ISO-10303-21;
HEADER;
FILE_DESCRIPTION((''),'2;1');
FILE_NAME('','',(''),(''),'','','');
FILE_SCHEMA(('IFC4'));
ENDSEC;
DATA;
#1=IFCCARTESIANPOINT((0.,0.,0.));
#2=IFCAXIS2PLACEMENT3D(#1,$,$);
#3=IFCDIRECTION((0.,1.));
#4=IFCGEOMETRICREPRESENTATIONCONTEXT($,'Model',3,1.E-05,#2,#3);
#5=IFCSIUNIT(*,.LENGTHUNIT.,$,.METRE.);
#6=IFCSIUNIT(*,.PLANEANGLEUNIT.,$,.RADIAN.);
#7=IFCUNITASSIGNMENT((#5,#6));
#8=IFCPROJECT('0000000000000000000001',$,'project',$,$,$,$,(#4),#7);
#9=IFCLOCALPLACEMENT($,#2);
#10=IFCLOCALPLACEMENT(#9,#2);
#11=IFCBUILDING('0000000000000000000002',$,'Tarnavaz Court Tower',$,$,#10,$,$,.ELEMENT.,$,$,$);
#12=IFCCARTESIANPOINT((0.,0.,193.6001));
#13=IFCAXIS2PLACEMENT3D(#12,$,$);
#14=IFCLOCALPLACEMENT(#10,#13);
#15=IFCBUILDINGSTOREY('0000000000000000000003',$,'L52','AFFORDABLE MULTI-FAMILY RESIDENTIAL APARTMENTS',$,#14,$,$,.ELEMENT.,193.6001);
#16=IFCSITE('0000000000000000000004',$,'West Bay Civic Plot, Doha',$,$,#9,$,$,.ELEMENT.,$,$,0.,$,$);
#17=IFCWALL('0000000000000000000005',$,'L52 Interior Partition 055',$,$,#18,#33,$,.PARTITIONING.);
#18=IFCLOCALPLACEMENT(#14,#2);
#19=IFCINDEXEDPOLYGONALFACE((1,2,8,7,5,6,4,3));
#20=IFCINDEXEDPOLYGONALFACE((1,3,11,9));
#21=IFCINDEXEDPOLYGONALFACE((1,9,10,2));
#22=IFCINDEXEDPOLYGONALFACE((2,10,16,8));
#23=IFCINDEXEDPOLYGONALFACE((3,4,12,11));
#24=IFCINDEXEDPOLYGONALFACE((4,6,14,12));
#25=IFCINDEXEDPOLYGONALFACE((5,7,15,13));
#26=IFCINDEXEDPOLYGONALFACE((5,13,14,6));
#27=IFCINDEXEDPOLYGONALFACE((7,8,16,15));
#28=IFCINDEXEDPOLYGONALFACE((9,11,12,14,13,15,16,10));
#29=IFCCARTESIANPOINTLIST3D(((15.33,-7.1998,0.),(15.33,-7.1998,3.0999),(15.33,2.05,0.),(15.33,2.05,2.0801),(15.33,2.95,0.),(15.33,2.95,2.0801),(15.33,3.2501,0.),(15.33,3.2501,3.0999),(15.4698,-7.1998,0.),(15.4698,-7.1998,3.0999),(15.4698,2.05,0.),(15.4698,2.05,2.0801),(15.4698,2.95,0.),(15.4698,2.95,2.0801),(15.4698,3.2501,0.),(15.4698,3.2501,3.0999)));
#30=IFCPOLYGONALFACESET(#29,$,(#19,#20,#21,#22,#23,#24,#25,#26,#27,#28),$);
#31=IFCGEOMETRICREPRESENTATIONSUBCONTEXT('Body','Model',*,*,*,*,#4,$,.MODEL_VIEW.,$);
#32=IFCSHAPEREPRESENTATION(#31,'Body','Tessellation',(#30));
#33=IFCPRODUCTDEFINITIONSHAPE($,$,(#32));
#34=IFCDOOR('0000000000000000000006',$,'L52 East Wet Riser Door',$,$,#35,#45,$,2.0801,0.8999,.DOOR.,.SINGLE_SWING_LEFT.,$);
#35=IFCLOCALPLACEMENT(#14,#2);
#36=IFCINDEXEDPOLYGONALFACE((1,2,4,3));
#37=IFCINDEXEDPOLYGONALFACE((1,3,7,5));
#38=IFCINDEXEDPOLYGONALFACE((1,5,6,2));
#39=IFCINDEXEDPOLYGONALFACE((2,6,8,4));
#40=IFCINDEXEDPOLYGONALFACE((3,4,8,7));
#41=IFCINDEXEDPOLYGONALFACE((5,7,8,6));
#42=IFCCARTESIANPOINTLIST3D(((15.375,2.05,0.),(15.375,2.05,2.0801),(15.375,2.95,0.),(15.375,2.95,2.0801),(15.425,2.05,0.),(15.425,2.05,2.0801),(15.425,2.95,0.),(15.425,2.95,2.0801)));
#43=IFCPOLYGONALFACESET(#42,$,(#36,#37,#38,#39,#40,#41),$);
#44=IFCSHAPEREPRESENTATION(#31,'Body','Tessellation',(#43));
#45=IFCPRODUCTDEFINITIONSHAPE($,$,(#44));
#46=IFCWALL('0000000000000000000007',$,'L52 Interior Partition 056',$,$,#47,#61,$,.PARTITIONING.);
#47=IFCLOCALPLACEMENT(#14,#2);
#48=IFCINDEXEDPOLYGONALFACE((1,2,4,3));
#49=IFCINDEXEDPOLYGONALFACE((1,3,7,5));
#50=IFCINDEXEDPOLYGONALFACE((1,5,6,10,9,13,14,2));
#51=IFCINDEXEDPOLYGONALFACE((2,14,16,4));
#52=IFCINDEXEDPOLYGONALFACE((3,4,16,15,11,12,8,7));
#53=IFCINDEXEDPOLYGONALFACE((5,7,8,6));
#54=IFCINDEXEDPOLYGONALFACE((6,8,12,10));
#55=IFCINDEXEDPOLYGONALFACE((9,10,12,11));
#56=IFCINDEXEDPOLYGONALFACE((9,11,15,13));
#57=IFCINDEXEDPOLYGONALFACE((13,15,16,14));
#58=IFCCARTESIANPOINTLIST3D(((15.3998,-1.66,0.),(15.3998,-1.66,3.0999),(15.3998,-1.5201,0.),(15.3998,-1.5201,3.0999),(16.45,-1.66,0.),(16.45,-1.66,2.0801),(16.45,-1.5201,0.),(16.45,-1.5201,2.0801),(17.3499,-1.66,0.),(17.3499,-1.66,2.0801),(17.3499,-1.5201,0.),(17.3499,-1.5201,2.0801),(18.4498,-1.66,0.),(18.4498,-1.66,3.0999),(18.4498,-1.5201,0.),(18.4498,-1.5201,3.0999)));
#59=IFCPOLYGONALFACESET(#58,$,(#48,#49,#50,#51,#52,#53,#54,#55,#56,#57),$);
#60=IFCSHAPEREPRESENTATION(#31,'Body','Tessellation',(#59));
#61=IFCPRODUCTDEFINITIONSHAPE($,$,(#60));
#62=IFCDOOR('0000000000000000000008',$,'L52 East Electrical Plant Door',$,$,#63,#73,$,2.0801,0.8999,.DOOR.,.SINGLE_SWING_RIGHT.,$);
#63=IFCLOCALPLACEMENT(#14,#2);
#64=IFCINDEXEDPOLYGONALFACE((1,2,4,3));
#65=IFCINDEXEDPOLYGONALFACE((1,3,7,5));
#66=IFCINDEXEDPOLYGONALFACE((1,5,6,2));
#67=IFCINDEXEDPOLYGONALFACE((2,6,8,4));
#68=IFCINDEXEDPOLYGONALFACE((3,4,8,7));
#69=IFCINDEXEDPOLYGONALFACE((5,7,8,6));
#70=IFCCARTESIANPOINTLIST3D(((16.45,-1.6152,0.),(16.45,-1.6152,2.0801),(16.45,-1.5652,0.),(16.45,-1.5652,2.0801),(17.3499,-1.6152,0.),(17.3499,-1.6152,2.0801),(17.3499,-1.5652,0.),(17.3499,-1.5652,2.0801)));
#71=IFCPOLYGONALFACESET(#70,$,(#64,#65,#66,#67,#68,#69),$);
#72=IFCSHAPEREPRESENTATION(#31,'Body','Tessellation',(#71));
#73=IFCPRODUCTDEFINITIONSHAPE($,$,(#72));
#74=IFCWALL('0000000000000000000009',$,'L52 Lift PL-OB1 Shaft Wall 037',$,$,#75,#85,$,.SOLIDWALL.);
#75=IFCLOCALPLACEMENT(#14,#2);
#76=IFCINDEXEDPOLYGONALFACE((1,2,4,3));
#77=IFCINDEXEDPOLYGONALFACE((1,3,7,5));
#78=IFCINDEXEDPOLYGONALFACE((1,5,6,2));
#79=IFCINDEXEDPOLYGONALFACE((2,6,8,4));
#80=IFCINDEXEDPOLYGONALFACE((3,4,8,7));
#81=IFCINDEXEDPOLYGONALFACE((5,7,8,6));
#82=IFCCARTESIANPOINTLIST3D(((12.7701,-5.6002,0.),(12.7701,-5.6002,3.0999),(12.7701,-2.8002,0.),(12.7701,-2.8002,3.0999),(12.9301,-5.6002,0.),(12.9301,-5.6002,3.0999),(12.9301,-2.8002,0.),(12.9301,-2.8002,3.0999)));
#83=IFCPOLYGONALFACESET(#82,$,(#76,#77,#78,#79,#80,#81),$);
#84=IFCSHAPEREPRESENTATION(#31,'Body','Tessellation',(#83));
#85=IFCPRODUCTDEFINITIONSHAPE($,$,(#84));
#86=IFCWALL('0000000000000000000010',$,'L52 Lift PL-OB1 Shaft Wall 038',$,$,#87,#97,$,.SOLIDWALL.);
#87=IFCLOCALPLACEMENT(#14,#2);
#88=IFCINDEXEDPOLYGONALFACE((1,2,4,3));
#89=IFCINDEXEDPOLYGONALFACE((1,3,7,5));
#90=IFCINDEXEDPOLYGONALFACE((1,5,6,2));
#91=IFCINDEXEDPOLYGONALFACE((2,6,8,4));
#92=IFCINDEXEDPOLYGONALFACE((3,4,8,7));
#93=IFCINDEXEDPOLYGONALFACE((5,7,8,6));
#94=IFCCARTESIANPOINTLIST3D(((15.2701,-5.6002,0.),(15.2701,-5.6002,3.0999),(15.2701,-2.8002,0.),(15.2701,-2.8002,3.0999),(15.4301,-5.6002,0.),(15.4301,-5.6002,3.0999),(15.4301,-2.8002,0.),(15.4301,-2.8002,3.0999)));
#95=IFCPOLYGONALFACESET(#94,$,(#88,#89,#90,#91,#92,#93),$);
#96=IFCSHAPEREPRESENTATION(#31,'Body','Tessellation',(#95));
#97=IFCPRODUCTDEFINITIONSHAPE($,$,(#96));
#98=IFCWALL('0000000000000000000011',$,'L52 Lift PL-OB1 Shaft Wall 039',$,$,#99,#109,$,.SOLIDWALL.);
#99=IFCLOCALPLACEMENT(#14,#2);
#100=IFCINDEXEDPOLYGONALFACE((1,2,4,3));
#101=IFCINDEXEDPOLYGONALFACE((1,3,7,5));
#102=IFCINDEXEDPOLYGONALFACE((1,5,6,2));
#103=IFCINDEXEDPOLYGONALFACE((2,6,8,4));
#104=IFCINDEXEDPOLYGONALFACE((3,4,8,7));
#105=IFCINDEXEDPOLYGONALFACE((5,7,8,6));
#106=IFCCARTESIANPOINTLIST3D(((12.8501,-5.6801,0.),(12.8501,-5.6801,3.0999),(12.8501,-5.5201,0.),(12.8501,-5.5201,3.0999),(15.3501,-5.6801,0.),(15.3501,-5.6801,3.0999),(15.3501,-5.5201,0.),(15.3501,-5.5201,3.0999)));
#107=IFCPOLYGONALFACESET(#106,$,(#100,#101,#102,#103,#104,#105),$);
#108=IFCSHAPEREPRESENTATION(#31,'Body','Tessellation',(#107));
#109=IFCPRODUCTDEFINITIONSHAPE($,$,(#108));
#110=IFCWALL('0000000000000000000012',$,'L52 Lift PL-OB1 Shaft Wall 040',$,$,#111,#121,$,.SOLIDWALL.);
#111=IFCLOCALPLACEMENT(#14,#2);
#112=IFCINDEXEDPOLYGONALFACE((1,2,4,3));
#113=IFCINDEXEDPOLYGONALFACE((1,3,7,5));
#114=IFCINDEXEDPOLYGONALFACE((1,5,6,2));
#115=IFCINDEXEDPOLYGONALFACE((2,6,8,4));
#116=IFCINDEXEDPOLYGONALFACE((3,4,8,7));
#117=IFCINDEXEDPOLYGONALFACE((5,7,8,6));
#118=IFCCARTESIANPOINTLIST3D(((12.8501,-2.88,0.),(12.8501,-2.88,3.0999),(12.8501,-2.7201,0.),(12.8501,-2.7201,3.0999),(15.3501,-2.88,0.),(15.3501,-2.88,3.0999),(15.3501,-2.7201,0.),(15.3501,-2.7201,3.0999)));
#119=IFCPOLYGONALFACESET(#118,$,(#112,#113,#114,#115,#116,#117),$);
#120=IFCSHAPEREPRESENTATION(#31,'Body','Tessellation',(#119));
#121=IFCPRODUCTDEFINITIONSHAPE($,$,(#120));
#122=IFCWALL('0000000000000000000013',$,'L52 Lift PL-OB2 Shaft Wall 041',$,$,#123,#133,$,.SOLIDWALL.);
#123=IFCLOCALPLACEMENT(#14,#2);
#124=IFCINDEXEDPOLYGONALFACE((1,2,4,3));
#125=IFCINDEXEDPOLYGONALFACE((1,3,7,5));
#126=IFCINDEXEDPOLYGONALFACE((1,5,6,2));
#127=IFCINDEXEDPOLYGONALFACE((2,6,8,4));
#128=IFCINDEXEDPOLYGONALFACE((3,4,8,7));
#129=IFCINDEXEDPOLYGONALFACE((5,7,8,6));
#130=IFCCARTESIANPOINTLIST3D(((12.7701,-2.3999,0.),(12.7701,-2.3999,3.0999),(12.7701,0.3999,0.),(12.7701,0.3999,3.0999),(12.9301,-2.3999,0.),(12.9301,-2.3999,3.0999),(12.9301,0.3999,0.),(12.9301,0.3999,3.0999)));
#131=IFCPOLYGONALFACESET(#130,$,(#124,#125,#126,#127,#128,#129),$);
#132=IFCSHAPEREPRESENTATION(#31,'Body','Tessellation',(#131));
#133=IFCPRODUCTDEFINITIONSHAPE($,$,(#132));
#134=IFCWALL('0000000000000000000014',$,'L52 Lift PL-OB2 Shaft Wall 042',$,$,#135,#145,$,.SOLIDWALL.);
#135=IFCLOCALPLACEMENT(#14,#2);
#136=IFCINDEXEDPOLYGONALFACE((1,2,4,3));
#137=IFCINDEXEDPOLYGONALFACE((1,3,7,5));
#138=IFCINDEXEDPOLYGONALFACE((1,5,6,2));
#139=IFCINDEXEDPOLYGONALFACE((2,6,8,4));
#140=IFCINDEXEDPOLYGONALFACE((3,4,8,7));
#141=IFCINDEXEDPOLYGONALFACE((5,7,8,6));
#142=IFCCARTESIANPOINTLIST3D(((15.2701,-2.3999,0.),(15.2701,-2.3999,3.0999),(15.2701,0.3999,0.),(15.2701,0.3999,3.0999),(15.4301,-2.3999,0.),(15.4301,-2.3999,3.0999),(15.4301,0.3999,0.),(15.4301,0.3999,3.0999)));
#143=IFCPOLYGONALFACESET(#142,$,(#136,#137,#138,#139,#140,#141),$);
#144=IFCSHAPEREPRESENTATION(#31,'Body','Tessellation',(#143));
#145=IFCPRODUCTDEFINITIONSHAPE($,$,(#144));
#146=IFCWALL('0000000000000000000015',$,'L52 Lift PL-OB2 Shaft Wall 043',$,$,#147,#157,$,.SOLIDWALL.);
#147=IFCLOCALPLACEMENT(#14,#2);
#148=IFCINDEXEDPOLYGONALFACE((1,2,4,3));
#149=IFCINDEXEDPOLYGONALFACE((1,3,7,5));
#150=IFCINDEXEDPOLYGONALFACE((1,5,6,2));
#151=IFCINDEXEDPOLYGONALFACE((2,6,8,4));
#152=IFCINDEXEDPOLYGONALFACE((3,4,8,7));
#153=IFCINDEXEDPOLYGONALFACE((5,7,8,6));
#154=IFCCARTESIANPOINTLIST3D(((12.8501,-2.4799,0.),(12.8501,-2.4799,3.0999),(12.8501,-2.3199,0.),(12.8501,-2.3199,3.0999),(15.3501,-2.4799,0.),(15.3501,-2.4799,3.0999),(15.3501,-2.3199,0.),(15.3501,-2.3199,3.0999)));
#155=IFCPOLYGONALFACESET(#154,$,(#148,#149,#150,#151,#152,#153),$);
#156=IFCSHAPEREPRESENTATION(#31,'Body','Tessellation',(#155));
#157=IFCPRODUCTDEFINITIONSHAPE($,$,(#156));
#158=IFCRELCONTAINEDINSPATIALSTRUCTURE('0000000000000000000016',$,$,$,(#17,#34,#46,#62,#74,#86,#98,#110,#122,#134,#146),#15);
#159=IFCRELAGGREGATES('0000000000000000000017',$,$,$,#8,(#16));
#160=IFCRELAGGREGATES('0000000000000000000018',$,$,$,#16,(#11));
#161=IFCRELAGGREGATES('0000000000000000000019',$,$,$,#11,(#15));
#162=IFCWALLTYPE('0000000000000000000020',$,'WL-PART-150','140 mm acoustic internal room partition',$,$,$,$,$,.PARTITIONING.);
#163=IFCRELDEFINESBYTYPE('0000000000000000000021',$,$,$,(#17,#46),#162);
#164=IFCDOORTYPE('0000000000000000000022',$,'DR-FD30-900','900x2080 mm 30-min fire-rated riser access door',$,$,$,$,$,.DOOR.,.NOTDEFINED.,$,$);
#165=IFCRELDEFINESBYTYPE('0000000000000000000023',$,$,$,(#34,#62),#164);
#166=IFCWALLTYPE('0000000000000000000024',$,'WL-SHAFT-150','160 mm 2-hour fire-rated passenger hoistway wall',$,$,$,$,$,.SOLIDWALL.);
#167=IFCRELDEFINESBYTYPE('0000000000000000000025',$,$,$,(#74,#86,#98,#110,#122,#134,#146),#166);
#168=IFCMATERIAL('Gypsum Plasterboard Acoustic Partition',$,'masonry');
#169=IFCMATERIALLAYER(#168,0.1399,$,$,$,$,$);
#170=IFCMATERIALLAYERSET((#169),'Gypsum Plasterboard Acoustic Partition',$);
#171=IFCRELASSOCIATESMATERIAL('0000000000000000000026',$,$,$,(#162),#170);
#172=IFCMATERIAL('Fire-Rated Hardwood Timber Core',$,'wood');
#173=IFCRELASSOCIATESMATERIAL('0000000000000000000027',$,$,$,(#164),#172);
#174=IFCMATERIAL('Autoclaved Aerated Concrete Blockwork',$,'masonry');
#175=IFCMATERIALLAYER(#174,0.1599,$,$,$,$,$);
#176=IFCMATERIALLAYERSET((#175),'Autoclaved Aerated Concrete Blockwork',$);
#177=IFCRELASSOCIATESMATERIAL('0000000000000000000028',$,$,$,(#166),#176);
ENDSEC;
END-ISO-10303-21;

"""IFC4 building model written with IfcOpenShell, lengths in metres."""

from ifc_helpers import new_model, si_unit, direction, frame, frame_2d, origin, place, context, subcontext, project, spatial, rectangle, extrude, material, layer, layer_set, type_object, element, fill, save


model = new_model("IFC4")

# Units and contexts
model_context = context("Model", 3, precision=1e-05, world=origin(), true_north=direction((0.0, 1.0)))
body_context = subcontext(model_context, "Body", "Model", "MODEL_VIEW")
ifc_project = project(units=[si_unit("LENGTHUNIT", "METRE"), si_unit("PLANEANGLEUNIT", "RADIAN")], contexts=[model_context])

# Site, building, storey
site_placement = place(None, origin())
site = spatial("IfcSite", under=ifc_project, at=site_placement, Name="West Bay Civic Plot, Doha", CompositionType="ELEMENT", RefElevation=0.0)
building_placement = place(site_placement, origin())
building = spatial("IfcBuilding", under=site, at=building_placement, Name="Tarnavaz Court Tower", CompositionType="ELEMENT")
storey_placement = place(building_placement, frame((0.0, 0.0, 193.6001)))
storey = spatial("IfcBuildingStorey", under=building, at=storey_placement, Name="L52", Description="AFFORDABLE MULTI-FAMILY RESIDENTIAL APARTMENTS", CompositionType="ELEMENT", Elevation=193.6001)

# Walls, openings, doors
ifc_material_1 = material(Name="Gypsum Plasterboard Acoustic Partition", Category="masonry")
ifc_layer_1 = layer(ifc_material_1, 0.1399)
ifc_layer_set_1 = layer_set([ifc_layer_1], Name="Gypsum Plasterboard Acoustic Partition")
wall_type_1 = type_object("IfcWallType", Name="WL-PART-150", Description="140 mm acoustic internal room partition", PredefinedType="PARTITIONING", material=ifc_layer_set_1)
wall_1_placement = place(storey_placement, frame((15.3999, -7.2, 0.0), z_axis=(0.0, 0.0, 1.0), x_axis=(0.0, 1.0, 0.0)))
wall_1 = element("IfcWall", 1, at=wall_1_placement, inside=storey, type_object=wall_type_1, Name="L52 Interior Partition 055", PredefinedType="PARTITIONING", context=body_context, shape_type="SweptSolid", body=[
    extrude(rectangle(XDim=10.45, YDim=0.1399, at=frame_2d((5.2251, 0.0))), origin(), (0.0, 0.0, 1.0), 3.0999),
])
opening_1_placement = place(wall_1_placement, frame((9.25, 0.0, 0.0)))
opening_1 = element("IfcOpeningElement", 2, at=opening_1_placement, cuts=wall_1, PredefinedType="OPENING", context=body_context, shape_type="SweptSolid", body=[
    extrude(rectangle(XDim=0.8999, YDim=2.0801, at=frame_2d((0.45, 1.04))), frame((0.0, 0.0798, 0.0), z_axis=(0.0, -1.0, 0.0), x_axis=(1.0, 0.0, 0.0)), (0.0, 0.0, 1.0), 0.1599),
])
ifc_material_2 = material(Name="Fire-Rated Hardwood Timber Core", Category="wood")
door_type = type_object("IfcDoorType", Name="DR-FD30-900", Description="900x2080 mm 30-min fire-rated riser access door", OperationType="NOTDEFINED", PredefinedType="DOOR", material=ifc_material_2)
door_1_placement = place(opening_1_placement, origin())
door_1 = element("IfcDoor", 3, at=door_1_placement, inside=storey, type_object=door_type, Name="L52 East Wet Riser Door", OperationType="SINGLE_SWING_LEFT", OverallHeight=2.0801, OverallWidth=0.8999, PredefinedType="DOOR", context=body_context, shape_type="SweptSolid", body=[
    extrude(rectangle(XDim=0.8999, YDim=2.0801, at=frame_2d((0.45, 1.04))), frame((0.0, 0.0249, 0.0), z_axis=(0.0, -1.0, 0.0), x_axis=(1.0, 0.0, 0.0)), (0.0, 0.0, 1.0), 0.05),
])
fill(opening_1, door_1)
wall_2_placement = place(storey_placement, frame((15.3999, -1.5901, 0.0), z_axis=(0.0, 0.0, 1.0), x_axis=(1.0, 0.0, 0.0)))
wall_2 = element("IfcWall", 4, at=wall_2_placement, inside=storey, type_object=wall_type_1, Name="L52 Interior Partition 056", PredefinedType="PARTITIONING", context=body_context, shape_type="SweptSolid", body=[
    extrude(rectangle(XDim=3.05, YDim=0.1399, at=frame_2d((1.5249, 0.0))), origin(), (0.0, 0.0, 1.0), 3.0999),
])
opening_2_placement = place(wall_2_placement, frame((1.05, 0.0, 0.0)))
opening_2 = element("IfcOpeningElement", 5, at=opening_2_placement, cuts=wall_2, PredefinedType="OPENING", context=body_context, shape_type="SweptSolid", body=[
    extrude(rectangle(XDim=0.8999, YDim=2.0801, at=frame_2d((0.45, 1.04))), frame((0.0, 0.0798, 0.0), z_axis=(0.0, -1.0, 0.0), x_axis=(1.0, 0.0, 0.0)), (0.0, 0.0, 1.0), 0.1599),
])
door_2_placement = place(opening_2_placement, origin())
door_2 = element("IfcDoor", 6, at=door_2_placement, inside=storey, type_object=door_type, Name="L52 East Electrical Plant Door", OperationType="SINGLE_SWING_RIGHT", OverallHeight=2.0801, OverallWidth=0.8999, PredefinedType="DOOR", context=body_context, shape_type="SweptSolid", body=[
    extrude(rectangle(XDim=0.8999, YDim=2.0801, at=frame_2d((0.45, 1.04))), frame((0.0, 0.0249, 0.0), z_axis=(0.0, -1.0, 0.0), x_axis=(1.0, 0.0, 0.0)), (0.0, 0.0, 1.0), 0.05),
])
fill(opening_2, door_2)

# Walls
ifc_material_3 = material(Name="Autoclaved Aerated Concrete Blockwork", Category="masonry")
ifc_layer_2 = layer(ifc_material_3, 0.1599)
ifc_layer_set_2 = layer_set([ifc_layer_2], Name="Autoclaved Aerated Concrete Blockwork")
wall_type_2 = type_object("IfcWallType", Name="WL-SHAFT-150", Description="160 mm 2-hour fire-rated passenger hoistway wall", PredefinedType="SOLIDWALL", material=ifc_layer_set_2)
for number, where, z_axis, x_axis, name in (
    (7, (12.8501, -5.6001, 0.0), (0.0, 0.0, 1.0), (0.0, 1.0, 0.0), "L52 Lift PL-OB1 Shaft Wall 037"),
    (8, (15.3501, -5.6001, 0.0), (0.0, 0.0, 1.0), (0.0, 1.0, 0.0), "L52 Lift PL-OB1 Shaft Wall 038"),
):
    element("IfcWall", number, at=place(storey_placement, frame(where, z_axis=z_axis, x_axis=x_axis)), inside=storey, type_object=wall_type_2, Name=name, PredefinedType="SOLIDWALL", context=body_context, shape_type="SweptSolid", body=[
        extrude(rectangle(XDim=2.8, YDim=0.1599, at=frame_2d((1.3999, 0.0))), origin(), (0.0, 0.0, 1.0), 3.0999),
    ])
for number, where, z_axis, x_axis, name in (
    (9, (12.8501, -5.6001, 0.0), (0.0, 0.0, 1.0), (1.0, 0.0, 0.0), "L52 Lift PL-OB1 Shaft Wall 039"),
    (10, (12.8501, -2.8, 0.0), (0.0, 0.0, 1.0), (1.0, 0.0, 0.0), "L52 Lift PL-OB1 Shaft Wall 040"),
):
    element("IfcWall", number, at=place(storey_placement, frame(where, z_axis=z_axis, x_axis=x_axis)), inside=storey, type_object=wall_type_2, Name=name, PredefinedType="SOLIDWALL", context=body_context, shape_type="SweptSolid", body=[
        extrude(rectangle(XDim=2.5, YDim=0.1599, at=frame_2d((1.25, 0.0))), origin(), (0.0, 0.0, 1.0), 3.0999),
    ])
for number, where, z_axis, x_axis, name in (
    (11, (12.8501, -2.3999, 0.0), (0.0, 0.0, 1.0), (0.0, 1.0, 0.0), "L52 Lift PL-OB2 Shaft Wall 041"),
    (12, (15.3501, -2.3999, 0.0), (0.0, 0.0, 1.0), (0.0, 1.0, 0.0), "L52 Lift PL-OB2 Shaft Wall 042"),
):
    element("IfcWall", number, at=place(storey_placement, frame(where, z_axis=z_axis, x_axis=x_axis)), inside=storey, type_object=wall_type_2, Name=name, PredefinedType="SOLIDWALL", context=body_context, shape_type="SweptSolid", body=[
        extrude(rectangle(XDim=2.7998, YDim=0.1599, at=frame_2d((1.3999, 0.0))), origin(), (0.0, 0.0, 1.0), 3.0999),
    ])
wall_3_placement = place(storey_placement, frame((12.8501, -2.3999, 0.0), z_axis=(0.0, 0.0, 1.0), x_axis=(1.0, 0.0, 0.0)))
element("IfcWall", 13, at=wall_3_placement, inside=storey, type_object=wall_type_2, Name="L52 Lift PL-OB2 Shaft Wall 043", PredefinedType="SOLIDWALL", context=body_context, shape_type="SweptSolid", body=[
    extrude(rectangle(XDim=2.5, YDim=0.1599, at=frame_2d((1.25, 0.0))), origin(), (0.0, 0.0, 1.0), 3.0999),
])

save(model, "model.ifc")
